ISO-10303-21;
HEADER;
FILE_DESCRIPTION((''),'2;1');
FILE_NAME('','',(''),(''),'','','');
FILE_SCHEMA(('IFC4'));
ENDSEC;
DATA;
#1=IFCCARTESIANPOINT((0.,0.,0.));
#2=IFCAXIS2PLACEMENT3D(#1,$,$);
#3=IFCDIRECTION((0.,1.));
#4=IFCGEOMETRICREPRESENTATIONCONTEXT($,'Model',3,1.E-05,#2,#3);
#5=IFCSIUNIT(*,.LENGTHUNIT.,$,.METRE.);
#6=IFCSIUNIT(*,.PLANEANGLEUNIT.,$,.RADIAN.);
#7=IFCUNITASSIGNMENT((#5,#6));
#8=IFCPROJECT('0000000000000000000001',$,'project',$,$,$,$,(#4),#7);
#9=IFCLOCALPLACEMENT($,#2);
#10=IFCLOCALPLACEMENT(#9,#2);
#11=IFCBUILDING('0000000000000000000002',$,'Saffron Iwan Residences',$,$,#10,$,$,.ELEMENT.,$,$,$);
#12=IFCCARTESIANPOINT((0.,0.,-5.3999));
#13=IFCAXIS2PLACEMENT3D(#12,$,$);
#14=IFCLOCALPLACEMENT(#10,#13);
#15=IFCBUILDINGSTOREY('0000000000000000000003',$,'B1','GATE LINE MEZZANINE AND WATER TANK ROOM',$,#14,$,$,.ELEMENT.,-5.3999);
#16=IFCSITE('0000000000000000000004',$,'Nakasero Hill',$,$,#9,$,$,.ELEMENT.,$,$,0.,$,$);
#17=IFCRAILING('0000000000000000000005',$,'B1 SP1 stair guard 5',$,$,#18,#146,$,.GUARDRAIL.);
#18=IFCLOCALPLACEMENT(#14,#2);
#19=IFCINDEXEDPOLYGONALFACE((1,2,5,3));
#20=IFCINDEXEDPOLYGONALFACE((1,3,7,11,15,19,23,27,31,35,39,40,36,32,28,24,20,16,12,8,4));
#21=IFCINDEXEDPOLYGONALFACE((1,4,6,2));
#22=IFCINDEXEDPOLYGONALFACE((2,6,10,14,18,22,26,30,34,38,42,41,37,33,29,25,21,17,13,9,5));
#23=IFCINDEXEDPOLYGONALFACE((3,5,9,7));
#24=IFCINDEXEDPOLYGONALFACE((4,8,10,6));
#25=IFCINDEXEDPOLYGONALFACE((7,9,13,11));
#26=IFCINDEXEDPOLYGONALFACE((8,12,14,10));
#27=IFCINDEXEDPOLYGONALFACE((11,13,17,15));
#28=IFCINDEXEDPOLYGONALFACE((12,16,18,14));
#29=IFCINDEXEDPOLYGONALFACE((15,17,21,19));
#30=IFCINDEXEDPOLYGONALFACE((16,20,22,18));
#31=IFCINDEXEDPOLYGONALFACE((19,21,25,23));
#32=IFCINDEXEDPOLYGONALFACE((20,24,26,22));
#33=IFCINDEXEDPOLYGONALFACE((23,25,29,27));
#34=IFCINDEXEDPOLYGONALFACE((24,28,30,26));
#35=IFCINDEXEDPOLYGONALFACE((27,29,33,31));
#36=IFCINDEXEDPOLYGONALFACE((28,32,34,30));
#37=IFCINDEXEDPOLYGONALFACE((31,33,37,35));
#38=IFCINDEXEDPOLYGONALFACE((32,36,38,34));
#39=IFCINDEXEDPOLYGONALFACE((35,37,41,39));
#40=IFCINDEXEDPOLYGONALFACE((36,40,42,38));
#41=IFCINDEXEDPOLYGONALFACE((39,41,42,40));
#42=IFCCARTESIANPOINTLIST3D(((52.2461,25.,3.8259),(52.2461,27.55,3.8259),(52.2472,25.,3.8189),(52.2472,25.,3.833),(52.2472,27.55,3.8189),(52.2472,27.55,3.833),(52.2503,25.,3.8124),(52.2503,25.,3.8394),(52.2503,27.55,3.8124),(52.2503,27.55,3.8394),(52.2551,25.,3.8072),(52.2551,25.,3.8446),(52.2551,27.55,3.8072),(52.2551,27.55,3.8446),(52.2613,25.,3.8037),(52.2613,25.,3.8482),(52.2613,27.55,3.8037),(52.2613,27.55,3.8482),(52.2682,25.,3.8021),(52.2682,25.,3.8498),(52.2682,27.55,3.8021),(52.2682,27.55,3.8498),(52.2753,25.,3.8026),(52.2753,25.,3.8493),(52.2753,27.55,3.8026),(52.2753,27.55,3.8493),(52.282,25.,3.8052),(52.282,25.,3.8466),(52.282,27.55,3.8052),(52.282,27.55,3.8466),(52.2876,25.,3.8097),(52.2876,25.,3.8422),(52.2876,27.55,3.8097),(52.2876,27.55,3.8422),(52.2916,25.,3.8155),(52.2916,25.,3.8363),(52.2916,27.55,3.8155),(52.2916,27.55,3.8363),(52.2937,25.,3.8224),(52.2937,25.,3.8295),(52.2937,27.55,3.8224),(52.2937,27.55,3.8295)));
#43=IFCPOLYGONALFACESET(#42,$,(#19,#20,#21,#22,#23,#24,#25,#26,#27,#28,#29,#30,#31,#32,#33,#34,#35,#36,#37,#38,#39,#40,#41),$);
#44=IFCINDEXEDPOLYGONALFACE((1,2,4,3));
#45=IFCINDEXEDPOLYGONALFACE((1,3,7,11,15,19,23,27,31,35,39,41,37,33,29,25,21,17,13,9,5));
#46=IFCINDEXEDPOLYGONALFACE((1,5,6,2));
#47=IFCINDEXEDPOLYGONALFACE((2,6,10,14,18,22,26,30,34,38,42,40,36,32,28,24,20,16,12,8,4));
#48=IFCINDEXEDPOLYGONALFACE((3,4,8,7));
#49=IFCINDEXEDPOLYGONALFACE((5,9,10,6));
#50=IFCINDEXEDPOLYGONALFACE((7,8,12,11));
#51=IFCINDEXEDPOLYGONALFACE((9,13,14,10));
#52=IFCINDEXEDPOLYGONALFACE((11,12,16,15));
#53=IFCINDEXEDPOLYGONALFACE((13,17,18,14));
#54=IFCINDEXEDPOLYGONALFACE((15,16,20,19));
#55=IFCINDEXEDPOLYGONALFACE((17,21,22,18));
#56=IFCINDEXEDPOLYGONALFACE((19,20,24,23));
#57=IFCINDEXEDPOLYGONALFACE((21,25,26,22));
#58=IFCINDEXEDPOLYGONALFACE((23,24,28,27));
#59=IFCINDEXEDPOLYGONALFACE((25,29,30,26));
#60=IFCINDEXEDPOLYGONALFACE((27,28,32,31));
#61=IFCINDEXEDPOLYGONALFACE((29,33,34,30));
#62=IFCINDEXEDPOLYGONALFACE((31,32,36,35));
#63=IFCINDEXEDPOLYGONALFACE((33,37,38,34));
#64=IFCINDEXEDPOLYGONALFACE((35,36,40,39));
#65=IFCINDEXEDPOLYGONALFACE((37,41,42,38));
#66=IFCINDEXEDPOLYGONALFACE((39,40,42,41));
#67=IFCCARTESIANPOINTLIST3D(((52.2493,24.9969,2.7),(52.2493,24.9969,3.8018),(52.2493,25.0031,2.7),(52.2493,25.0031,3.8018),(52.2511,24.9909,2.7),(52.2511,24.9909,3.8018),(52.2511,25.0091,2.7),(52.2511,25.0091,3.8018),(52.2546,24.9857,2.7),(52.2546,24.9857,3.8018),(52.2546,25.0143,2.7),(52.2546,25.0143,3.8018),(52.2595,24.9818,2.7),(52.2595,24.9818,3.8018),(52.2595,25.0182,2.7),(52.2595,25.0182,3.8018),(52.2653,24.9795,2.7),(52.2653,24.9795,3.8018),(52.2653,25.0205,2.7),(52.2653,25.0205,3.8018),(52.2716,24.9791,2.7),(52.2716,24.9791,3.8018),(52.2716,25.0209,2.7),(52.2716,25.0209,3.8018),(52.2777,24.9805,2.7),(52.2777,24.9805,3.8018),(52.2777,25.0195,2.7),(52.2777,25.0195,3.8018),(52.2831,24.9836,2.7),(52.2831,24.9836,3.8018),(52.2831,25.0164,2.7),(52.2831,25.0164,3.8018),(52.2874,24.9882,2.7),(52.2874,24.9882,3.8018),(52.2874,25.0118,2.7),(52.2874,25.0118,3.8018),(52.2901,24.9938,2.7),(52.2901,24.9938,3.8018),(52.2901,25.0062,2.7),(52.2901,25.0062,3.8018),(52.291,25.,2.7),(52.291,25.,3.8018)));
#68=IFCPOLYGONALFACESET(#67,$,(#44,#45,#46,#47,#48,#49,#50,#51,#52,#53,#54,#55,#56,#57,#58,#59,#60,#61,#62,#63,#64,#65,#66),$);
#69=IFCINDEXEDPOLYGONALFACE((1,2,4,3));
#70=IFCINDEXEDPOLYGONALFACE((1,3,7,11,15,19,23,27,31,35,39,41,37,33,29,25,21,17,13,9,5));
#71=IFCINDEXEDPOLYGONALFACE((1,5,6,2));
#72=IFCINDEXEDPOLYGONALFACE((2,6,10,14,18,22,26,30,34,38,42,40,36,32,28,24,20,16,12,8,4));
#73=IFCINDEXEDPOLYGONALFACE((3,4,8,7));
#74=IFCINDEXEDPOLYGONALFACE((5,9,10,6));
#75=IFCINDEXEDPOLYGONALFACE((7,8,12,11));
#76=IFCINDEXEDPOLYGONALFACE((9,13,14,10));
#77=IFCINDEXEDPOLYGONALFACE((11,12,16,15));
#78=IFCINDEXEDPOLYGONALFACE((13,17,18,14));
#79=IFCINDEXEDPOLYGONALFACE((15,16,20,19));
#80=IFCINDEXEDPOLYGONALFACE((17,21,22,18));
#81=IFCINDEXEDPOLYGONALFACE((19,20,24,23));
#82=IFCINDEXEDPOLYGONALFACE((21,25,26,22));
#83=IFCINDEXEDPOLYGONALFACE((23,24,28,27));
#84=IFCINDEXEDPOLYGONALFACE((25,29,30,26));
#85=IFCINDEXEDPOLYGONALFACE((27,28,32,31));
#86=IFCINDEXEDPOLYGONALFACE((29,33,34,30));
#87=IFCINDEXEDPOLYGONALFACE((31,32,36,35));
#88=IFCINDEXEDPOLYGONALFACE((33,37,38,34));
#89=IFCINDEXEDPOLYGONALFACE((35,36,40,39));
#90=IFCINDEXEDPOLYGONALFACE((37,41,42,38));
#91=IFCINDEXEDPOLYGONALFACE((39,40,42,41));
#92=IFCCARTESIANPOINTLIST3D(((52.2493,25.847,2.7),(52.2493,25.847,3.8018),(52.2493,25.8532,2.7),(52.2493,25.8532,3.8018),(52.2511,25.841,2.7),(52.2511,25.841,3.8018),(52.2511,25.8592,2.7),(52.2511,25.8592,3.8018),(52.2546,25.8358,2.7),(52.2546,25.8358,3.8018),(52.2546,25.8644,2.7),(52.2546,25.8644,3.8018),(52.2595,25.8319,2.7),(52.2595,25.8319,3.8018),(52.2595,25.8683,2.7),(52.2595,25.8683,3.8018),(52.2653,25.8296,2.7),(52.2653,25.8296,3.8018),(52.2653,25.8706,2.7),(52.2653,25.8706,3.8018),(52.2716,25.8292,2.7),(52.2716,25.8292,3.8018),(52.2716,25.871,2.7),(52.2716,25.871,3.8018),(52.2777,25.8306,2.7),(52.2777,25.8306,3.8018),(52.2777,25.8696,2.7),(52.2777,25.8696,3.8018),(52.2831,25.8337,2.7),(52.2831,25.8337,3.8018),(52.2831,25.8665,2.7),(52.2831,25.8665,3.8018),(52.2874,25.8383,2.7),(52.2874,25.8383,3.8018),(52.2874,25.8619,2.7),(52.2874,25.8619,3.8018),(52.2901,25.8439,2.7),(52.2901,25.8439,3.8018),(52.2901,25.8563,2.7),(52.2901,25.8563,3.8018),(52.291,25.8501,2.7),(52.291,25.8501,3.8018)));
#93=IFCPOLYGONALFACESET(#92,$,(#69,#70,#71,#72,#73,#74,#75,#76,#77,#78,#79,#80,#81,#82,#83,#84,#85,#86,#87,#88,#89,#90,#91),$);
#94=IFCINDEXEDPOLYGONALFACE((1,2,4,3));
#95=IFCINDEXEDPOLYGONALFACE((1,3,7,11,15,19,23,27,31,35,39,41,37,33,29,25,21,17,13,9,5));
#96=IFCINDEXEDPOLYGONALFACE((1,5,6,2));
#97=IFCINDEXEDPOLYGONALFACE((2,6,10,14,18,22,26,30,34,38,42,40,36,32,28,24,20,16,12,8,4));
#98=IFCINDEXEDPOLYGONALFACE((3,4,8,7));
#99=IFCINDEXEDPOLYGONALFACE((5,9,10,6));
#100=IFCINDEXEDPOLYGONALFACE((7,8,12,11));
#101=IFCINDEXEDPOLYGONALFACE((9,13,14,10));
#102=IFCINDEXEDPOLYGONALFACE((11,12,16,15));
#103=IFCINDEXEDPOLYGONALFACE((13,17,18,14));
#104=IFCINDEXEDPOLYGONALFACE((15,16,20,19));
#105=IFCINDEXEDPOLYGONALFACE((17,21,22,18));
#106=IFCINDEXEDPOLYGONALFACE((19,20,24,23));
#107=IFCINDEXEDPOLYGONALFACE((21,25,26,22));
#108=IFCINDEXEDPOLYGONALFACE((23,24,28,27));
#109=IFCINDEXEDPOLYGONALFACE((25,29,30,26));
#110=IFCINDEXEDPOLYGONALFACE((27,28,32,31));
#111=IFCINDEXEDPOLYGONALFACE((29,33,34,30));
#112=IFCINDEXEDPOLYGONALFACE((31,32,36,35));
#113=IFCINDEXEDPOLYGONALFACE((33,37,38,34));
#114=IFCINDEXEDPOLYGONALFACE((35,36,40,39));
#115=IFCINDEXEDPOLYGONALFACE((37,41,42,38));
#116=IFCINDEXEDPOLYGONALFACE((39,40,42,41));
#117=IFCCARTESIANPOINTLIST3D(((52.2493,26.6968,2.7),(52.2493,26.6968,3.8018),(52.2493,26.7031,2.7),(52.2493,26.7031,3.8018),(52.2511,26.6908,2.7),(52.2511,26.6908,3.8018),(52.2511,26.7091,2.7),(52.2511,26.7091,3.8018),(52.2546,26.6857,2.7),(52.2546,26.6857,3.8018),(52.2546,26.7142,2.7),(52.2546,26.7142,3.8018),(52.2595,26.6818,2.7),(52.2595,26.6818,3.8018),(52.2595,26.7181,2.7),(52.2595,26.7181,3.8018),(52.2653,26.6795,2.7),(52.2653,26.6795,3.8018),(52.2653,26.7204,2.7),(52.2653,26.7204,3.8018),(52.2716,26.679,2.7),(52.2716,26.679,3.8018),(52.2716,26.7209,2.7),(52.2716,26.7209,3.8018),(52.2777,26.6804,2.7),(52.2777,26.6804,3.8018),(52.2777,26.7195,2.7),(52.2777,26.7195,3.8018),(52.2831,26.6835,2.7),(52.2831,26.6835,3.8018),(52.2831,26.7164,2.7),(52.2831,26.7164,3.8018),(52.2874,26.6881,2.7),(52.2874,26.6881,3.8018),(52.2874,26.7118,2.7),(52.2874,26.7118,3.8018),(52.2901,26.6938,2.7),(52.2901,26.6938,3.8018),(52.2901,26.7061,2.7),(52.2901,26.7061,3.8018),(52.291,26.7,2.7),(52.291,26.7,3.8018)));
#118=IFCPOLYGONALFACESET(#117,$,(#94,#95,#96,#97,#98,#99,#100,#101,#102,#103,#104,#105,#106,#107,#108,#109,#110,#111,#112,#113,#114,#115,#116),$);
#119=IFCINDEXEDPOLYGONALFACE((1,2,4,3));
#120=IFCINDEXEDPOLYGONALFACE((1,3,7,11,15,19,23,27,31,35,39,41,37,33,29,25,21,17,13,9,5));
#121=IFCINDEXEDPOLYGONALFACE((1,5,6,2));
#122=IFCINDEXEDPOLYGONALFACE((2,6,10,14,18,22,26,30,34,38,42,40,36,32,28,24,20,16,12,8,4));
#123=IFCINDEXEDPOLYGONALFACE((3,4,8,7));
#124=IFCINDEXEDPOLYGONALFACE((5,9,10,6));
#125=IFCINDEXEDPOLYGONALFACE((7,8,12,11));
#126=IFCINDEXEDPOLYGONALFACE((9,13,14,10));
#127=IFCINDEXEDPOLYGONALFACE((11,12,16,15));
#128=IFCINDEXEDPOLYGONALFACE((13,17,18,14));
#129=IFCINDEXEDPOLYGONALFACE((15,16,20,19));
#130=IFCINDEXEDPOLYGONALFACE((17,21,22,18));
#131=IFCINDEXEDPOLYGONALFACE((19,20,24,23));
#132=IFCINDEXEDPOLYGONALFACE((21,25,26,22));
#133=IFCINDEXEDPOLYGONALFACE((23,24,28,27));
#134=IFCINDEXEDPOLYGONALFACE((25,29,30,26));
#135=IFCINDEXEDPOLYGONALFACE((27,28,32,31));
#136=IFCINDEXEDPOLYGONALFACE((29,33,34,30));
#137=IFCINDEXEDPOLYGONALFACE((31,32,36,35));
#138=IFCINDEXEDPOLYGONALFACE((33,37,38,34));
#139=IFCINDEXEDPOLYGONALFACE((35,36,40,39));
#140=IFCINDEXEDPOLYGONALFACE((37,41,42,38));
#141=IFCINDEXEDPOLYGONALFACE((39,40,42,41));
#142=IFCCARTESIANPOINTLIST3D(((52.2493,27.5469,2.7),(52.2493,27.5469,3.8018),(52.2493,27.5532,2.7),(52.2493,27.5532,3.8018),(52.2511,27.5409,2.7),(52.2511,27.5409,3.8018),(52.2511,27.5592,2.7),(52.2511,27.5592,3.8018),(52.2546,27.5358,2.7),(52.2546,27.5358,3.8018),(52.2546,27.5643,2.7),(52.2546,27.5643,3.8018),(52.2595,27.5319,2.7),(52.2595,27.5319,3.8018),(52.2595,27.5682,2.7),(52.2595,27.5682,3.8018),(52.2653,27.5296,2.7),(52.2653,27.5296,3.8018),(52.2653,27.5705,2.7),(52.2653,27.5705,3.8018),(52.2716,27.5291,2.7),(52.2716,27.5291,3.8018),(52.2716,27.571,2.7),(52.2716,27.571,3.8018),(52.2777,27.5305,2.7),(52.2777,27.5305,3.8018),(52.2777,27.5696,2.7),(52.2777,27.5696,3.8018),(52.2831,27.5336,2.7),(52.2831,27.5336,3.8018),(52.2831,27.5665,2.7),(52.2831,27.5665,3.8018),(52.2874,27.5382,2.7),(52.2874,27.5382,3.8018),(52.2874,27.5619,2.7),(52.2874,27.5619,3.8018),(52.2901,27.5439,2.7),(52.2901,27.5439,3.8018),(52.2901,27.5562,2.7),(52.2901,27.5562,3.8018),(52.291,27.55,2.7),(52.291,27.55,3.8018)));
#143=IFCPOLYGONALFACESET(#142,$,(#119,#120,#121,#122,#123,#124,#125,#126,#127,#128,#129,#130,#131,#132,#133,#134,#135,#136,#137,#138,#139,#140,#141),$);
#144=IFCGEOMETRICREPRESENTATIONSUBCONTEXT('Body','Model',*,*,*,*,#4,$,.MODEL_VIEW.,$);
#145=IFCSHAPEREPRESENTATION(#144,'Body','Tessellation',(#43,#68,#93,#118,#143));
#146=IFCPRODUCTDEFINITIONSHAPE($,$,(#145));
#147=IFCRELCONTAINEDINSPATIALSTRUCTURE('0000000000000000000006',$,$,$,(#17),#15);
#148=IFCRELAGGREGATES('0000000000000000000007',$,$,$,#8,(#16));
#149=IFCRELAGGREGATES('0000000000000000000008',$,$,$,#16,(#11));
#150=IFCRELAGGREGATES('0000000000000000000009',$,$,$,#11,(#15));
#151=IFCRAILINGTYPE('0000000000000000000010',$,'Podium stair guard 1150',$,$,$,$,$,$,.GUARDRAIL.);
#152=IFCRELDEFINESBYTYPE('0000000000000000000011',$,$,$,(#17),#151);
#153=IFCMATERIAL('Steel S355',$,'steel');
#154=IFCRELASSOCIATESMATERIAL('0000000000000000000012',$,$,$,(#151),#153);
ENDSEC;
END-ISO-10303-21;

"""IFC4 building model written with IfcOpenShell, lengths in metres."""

from ifc_helpers import new_model, si_unit, direction, frame, origin, origin_2d, place, context, subcontext, project, spatial, circle, extrude, material, type_object, element, save


model = new_model("IFC4")

# Units and contexts
model_context = context("Model", 3, precision=1e-05, world=origin(), true_north=direction((0.0, 1.0)))
body_context = subcontext(model_context, "Body", "Model", "MODEL_VIEW")
ifc_project = project(units=[si_unit("LENGTHUNIT", "METRE"), si_unit("PLANEANGLEUNIT", "RADIAN")], contexts=[model_context])

# Site, building, storey
site_placement = place(None, origin())
site = spatial("IfcSite", under=ifc_project, at=site_placement, Name="Nakasero Hill", CompositionType="ELEMENT", RefElevation=0.0)
building_placement = place(site_placement, origin())
building = spatial("IfcBuilding", under=site, at=building_placement, Name="Saffron Iwan Residences", CompositionType="ELEMENT")
storey_placement = place(building_placement, frame((0.0, 0.0, -5.3999)))
storey = spatial("IfcBuildingStorey", under=building, at=storey_placement, Name="B1", Description="GATE LINE MEZZANINE AND WATER TANK ROOM", CompositionType="ELEMENT", Elevation=-5.3999)

# Railing
ifc_material_1 = material(Name="Steel S355", Category="steel")
railing_type_1 = type_object("IfcRailingType", Name="Podium stair guard 1150", PredefinedType="GUARDRAIL", material=ifc_material_1)
railing_1_placement = place(storey_placement, frame((52.27, 25.0, 2.7)))
element("IfcRailing", 1, at=railing_1_placement, inside=storey, type_object=railing_type_1, Name="B1 SP1 stair guard 5", PredefinedType="GUARDRAIL", context=body_context, shape_type="SweptSolid", body=[
    extrude(circle(Radius=0.0239, at=origin_2d()), frame((0.0, 0.0, 1.126), z_axis=(0.0, 1.0, 0.0), x_axis=(-1.0, 0.0, 0.0)), (0.0, 0.0, 1.0), 2.55),
    extrude(circle(Radius=0.021, at=origin_2d()), origin(), (0.0, 0.0, 1.0), 1.1018),
    extrude(circle(Radius=0.021, at=origin_2d()), frame((0.0, 0.8501, 0.0)), (0.0, 0.0, 1.0), 1.1018),
    extrude(circle(Radius=0.021, at=origin_2d()), frame((0.0, 1.7, 0.0)), (0.0, 0.0, 1.0), 1.1018),
    extrude(circle(Radius=0.021, at=origin_2d()), frame((0.0, 2.55, 0.0)), (0.0, 0.0, 1.0), 1.1018),
])

save(model, "model.ifc")
